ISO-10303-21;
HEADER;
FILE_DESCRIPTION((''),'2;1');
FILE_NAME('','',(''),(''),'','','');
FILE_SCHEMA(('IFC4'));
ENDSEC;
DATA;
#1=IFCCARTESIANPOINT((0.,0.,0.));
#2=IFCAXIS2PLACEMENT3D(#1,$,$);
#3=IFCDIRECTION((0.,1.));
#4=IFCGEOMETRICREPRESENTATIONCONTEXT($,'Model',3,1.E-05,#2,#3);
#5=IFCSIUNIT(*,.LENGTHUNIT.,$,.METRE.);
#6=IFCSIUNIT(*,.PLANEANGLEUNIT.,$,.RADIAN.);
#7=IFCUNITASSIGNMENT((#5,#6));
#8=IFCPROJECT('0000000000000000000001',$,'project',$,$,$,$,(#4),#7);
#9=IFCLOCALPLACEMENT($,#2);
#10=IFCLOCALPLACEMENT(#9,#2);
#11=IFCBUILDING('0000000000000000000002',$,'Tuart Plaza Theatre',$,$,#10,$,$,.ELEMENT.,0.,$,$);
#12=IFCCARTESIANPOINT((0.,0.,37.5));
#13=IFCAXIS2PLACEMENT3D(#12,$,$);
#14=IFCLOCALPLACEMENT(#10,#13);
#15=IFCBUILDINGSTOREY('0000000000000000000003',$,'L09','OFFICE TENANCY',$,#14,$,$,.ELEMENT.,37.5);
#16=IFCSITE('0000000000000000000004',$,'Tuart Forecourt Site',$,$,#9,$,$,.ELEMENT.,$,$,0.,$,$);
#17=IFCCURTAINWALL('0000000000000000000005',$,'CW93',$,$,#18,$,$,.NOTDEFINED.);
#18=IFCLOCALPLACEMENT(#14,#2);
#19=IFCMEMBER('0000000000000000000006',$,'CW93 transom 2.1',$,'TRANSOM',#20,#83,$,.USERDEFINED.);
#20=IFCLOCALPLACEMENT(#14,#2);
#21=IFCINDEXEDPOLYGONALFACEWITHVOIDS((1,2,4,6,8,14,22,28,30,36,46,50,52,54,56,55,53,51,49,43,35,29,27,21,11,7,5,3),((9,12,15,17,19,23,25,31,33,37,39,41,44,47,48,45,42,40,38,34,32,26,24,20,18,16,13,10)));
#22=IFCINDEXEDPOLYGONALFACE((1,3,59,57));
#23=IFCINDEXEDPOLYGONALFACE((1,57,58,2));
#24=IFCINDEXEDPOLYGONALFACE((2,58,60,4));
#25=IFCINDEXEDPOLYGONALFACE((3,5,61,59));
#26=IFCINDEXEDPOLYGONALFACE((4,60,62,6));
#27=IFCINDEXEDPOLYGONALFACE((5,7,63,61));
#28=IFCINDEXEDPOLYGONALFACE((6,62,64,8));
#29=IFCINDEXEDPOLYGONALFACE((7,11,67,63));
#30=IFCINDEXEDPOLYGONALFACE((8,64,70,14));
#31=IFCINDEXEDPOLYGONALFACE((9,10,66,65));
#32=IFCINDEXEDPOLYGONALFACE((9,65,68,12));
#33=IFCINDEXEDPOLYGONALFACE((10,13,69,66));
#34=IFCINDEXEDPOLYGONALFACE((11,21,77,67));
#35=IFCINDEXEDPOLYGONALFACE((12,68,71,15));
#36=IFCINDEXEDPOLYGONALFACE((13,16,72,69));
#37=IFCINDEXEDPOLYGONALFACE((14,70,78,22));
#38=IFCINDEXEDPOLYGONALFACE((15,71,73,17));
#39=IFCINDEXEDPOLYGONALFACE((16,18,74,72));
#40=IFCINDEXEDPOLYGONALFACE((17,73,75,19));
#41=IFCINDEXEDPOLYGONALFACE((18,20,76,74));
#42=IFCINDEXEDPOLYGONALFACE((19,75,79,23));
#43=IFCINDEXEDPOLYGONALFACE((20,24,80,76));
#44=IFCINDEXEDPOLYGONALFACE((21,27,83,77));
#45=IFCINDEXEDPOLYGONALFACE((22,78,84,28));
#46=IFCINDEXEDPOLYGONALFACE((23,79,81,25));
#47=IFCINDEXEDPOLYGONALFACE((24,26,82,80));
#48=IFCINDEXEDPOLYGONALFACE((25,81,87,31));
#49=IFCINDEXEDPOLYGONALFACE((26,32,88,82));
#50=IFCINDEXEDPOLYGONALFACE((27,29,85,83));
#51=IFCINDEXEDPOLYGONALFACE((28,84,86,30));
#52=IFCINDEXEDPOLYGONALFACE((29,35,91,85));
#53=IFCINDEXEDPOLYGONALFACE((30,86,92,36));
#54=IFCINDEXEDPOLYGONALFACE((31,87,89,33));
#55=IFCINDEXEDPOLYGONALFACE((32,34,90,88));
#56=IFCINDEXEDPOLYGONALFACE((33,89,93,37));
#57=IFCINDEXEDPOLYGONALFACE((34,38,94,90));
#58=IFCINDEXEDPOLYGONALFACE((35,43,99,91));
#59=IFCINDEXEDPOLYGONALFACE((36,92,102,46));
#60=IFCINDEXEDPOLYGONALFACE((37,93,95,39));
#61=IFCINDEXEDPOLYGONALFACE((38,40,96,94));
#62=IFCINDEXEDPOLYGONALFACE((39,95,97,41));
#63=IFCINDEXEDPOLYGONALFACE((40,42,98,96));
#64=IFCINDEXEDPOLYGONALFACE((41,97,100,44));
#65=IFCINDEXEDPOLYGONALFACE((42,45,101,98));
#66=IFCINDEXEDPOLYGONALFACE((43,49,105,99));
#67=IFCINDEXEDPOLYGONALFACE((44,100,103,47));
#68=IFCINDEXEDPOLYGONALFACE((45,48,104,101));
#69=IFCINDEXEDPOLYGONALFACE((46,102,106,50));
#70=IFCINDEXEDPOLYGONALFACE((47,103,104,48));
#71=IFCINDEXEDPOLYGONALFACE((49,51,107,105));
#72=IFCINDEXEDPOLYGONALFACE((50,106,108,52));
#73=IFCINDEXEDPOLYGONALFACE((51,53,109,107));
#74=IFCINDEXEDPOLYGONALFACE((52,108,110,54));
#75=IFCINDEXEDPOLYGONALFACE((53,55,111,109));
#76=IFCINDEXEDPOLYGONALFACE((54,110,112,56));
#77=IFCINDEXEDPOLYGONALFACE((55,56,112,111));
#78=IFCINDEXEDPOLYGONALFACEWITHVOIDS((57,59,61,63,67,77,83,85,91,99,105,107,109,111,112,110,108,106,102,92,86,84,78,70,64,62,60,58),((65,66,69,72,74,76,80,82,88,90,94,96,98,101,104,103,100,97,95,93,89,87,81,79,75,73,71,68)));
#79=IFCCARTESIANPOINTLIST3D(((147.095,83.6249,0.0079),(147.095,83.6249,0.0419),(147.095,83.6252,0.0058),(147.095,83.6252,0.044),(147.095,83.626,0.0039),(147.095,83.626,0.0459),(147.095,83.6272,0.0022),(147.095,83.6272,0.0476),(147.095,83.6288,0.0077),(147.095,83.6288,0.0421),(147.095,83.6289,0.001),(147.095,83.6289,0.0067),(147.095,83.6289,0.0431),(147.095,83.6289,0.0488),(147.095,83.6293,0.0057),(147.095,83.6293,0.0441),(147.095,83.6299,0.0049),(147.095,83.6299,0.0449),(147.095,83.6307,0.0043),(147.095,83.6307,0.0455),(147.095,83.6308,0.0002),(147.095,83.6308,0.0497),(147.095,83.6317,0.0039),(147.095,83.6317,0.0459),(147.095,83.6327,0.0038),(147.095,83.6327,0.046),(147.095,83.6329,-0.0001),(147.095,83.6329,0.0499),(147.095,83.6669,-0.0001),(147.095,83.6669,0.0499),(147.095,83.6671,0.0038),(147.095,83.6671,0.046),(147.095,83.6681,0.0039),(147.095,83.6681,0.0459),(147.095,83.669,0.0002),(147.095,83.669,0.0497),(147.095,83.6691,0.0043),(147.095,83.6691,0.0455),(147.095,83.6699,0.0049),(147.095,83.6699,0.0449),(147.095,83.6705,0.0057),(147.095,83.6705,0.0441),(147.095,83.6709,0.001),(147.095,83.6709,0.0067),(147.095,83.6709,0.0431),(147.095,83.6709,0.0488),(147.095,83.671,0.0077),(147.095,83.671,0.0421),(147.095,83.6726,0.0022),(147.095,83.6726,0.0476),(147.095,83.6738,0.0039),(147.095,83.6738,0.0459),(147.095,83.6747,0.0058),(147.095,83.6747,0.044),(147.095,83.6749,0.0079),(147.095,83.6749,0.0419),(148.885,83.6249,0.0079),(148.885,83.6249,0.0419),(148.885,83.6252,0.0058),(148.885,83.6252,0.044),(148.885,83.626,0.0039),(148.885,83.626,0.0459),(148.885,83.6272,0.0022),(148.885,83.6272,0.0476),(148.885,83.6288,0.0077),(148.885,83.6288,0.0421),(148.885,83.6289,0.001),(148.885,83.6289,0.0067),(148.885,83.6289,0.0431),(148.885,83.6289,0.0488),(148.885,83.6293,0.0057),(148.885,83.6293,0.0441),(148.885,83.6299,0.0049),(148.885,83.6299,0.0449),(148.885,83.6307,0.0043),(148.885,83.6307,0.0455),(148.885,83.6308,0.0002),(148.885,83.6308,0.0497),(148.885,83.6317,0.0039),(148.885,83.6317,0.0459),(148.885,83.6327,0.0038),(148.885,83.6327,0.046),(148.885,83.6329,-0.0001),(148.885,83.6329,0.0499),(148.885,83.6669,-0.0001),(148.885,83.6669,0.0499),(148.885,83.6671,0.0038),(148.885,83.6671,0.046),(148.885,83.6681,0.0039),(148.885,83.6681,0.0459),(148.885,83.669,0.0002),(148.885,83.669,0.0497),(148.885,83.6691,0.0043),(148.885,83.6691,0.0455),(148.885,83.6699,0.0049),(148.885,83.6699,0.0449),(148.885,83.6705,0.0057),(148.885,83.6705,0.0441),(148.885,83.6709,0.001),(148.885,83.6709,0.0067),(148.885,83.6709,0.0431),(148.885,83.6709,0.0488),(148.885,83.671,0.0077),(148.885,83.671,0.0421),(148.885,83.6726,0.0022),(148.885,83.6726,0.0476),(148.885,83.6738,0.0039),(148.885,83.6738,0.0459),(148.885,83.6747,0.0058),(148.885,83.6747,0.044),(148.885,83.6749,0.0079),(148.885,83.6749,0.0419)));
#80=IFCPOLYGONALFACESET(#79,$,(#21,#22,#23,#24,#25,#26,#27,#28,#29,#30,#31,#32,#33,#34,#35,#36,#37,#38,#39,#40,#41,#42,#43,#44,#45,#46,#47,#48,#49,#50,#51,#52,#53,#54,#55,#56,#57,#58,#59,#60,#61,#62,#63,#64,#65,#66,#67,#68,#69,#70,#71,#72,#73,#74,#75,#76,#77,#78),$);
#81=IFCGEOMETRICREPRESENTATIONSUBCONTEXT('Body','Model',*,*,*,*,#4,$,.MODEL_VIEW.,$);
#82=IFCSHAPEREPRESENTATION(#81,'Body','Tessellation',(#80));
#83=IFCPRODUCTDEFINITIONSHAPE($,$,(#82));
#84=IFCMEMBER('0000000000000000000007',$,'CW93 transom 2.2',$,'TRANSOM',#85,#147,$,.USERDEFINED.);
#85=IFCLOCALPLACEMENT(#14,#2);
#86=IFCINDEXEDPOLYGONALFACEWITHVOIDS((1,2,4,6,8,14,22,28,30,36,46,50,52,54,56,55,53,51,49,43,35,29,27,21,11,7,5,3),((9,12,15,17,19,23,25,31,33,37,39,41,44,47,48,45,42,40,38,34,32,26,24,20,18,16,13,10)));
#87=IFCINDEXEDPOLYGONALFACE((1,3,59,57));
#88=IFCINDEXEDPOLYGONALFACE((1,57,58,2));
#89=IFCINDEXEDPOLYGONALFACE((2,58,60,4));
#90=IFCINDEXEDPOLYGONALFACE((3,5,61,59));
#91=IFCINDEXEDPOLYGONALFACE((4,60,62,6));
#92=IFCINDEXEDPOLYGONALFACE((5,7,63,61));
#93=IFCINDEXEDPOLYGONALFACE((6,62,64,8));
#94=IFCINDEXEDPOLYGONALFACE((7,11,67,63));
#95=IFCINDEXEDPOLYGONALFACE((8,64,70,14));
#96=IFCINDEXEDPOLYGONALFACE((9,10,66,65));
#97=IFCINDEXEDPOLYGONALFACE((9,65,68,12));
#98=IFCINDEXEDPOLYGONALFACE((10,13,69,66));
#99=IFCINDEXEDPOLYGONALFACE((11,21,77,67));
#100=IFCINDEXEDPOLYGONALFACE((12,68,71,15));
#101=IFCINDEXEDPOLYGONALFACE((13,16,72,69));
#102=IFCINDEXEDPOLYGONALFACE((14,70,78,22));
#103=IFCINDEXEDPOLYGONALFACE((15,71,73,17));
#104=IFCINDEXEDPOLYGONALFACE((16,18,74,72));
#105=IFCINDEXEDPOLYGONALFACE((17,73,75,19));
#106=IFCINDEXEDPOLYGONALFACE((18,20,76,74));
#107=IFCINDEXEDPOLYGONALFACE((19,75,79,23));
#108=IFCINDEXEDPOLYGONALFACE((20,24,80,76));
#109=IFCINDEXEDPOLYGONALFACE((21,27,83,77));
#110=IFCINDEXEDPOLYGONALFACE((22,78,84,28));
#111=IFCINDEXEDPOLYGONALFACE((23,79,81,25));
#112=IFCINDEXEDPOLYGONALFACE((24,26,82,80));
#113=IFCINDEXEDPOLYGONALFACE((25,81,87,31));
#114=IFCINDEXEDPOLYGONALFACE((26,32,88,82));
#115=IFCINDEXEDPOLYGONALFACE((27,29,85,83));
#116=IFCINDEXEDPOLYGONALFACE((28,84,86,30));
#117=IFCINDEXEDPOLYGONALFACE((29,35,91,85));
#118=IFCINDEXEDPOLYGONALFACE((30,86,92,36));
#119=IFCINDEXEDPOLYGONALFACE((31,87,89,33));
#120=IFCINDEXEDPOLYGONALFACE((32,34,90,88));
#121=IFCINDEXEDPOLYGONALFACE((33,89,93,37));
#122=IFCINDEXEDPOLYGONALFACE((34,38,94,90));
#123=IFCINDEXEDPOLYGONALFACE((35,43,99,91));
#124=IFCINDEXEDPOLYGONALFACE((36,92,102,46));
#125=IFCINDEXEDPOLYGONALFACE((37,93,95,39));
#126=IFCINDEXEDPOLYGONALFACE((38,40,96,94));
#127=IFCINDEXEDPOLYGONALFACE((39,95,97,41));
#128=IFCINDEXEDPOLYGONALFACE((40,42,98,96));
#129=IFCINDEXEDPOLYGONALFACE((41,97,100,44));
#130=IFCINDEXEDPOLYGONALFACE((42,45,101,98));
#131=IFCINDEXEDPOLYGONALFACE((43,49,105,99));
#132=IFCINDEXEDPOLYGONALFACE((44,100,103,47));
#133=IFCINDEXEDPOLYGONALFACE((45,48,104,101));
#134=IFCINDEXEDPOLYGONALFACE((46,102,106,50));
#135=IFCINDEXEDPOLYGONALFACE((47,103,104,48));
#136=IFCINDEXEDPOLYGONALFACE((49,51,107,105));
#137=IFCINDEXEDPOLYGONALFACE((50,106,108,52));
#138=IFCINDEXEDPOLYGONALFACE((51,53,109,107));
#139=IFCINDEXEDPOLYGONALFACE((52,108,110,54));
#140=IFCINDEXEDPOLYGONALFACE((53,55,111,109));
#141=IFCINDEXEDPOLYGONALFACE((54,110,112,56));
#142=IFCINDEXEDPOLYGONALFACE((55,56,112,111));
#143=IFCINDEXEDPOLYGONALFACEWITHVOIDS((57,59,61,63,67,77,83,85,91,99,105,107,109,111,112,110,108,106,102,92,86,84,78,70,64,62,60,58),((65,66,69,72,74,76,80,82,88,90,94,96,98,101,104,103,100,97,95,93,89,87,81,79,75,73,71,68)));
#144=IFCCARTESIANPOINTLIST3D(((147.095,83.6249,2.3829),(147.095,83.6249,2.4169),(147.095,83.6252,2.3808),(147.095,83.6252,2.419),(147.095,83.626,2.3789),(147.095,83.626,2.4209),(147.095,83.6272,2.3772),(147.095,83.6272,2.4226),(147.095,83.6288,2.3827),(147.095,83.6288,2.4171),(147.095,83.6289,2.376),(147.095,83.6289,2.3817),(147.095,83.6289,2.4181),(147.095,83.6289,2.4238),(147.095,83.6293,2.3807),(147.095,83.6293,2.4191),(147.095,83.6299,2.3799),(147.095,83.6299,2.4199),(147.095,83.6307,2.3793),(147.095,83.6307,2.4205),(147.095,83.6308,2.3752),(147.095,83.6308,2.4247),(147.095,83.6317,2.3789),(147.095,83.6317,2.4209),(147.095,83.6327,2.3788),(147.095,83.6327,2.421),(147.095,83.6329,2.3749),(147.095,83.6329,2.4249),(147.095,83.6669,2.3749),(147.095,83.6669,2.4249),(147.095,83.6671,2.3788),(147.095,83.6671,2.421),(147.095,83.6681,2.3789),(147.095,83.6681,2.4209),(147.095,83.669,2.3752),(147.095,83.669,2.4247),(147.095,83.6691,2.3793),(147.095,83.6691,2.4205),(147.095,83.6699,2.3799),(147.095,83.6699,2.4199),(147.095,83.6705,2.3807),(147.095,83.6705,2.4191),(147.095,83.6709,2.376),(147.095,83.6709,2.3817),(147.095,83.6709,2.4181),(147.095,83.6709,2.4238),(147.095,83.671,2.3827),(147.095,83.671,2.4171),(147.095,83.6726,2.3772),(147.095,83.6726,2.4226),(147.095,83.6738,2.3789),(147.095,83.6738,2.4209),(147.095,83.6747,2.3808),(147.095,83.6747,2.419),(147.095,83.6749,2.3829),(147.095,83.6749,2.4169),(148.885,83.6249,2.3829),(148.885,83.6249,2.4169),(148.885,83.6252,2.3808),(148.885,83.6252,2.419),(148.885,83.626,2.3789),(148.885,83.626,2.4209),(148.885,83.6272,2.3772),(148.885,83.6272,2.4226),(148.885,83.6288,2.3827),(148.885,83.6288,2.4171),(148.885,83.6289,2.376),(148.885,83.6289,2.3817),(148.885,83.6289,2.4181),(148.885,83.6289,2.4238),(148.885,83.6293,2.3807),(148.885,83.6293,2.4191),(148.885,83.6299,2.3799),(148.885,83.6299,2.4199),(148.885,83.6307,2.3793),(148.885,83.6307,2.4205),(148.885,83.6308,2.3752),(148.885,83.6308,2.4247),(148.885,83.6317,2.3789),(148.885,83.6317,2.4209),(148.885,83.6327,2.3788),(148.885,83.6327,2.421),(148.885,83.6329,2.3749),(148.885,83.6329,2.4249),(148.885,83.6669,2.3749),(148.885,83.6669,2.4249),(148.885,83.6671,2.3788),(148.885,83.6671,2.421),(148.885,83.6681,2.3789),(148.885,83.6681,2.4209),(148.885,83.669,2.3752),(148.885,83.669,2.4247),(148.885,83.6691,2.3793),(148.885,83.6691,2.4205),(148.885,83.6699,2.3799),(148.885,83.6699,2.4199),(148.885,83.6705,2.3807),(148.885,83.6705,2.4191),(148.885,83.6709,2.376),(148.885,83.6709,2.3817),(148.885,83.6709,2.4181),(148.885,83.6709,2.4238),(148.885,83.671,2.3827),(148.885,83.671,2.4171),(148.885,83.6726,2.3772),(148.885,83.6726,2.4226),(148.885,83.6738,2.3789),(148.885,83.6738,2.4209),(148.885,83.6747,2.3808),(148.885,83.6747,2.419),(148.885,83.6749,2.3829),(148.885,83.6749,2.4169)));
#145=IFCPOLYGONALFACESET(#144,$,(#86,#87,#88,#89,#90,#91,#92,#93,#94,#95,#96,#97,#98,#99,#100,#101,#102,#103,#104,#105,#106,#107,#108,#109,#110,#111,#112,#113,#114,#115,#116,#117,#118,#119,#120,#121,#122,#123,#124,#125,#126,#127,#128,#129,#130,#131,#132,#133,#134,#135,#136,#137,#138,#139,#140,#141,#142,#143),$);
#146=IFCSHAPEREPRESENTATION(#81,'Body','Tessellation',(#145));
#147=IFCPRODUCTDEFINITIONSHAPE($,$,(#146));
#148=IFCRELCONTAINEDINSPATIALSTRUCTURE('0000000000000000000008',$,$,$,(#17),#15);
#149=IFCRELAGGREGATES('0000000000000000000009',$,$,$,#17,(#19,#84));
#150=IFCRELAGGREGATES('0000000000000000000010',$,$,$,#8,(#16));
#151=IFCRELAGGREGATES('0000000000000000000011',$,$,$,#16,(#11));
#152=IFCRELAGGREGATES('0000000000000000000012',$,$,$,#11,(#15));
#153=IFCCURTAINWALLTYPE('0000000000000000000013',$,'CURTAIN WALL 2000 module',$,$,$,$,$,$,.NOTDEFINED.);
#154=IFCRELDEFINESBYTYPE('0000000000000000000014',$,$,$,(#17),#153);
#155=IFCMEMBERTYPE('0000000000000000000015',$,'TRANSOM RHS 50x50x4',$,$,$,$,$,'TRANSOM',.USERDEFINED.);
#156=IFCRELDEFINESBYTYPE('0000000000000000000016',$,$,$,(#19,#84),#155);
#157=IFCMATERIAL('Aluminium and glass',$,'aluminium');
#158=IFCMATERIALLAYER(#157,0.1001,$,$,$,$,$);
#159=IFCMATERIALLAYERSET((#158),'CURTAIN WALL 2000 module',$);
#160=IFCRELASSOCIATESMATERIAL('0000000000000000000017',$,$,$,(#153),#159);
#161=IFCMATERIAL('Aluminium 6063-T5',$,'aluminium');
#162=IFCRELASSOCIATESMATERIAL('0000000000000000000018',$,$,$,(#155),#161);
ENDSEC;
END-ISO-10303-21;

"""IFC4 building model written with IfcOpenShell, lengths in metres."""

from ifc_helpers import new_model, si_unit, direction, frame, origin, origin_2d, place, context, subcontext, project, spatial, hollow_rectangle, extrude, material, layer, layer_set, material_profile, profile_set, type_object, element, aggregate, save


model = new_model("IFC4")

# Units and contexts
model_context = context("Model", 3, precision=1e-05, world=origin(), true_north=direction((0.0, 1.0)))
body_context = subcontext(model_context, "Body", "Model", "MODEL_VIEW")
ifc_project = project(units=[si_unit("LENGTHUNIT", "METRE"), si_unit("PLANEANGLEUNIT", "RADIAN")], contexts=[model_context])

# Site, building, storey
site_placement = place(None, origin())
site = spatial("IfcSite", under=ifc_project, at=site_placement, Name="Tuart Forecourt Site", CompositionType="ELEMENT", RefElevation=0.0)
building_placement = place(site_placement, origin())
building = spatial("IfcBuilding", under=site, at=building_placement, Name="Tuart Plaza Theatre", CompositionType="ELEMENT", ElevationOfRefHeight=0.0)
storey_placement = place(building_placement, frame((0.0, 0.0, 37.5)))
storey = spatial("IfcBuildingStorey", under=building, at=storey_placement, Name="L09", Description="OFFICE TENANCY", CompositionType="ELEMENT", Elevation=37.5)

# Curtain wall
ifc_material_1 = material(Name="Aluminium and glass", Category="aluminium")
ifc_layer_1 = layer(ifc_material_1, 0.1001)
ifc_layer_set_1 = layer_set([ifc_layer_1], Name="CURTAIN WALL 2000 module")
curtain_wall_type_1 = type_object("IfcCurtainWallType", Name="CURTAIN WALL 2000 module", PredefinedType="NOTDEFINED", material=ifc_layer_set_1)
curtain_wall_1_placement = place(storey_placement, origin())
curtain_wall_1 = element("IfcCurtainWall", 1, at=curtain_wall_1_placement, inside=storey, type_object=curtain_wall_type_1, Name="CW93", PredefinedType="NOTDEFINED")

# Members
ifc_material_2 = material(Name="Aluminium 6063-T5", Category="aluminium")
ifc_material_profile_1 = material_profile(ifc_material_2, hollow_rectangle(XDim=0.05, YDim=0.05, WallThickness=0.0039, InnerFilletRadius=0.0039, OuterFilletRadius=0.0081, at=origin_2d()), Name="RHS 50x50x4")
ifc_profile_set_1 = profile_set([ifc_material_profile_1], Name="Aluminium 6063-T5")
member_type_1 = type_object("IfcMemberType", Name="TRANSOM RHS 50x50x4", ElementType="TRANSOM", PredefinedType="USERDEFINED", material=ifc_profile_set_1)
member_1_placement = place(storey_placement, frame((148.885, 83.6499, 0.0249), z_axis=(-1.0, 0.0, 0.0), x_axis=(0.0, -1.0, 0.0)))
member_1 = element("IfcMember", 2, at=member_1_placement, type_object=member_type_1, Name="CW93 transom 2.1", ObjectType="TRANSOM", PredefinedType="USERDEFINED", context=body_context, shape_type="SweptSolid", body=[
    extrude(hollow_rectangle(XDim=0.05, YDim=0.05, WallThickness=0.0039, InnerFilletRadius=0.0039, OuterFilletRadius=0.0081, at=origin_2d()), origin(), (0.0, 0.0, 1.0), 1.79),
])
member_2_placement = place(storey_placement, frame((148.885, 83.6499, 2.3999), z_axis=(-1.0, 0.0, 0.0), x_axis=(0.0, -1.0, 0.0)))
member_2 = element("IfcMember", 3, at=member_2_placement, type_object=member_type_1, Name="CW93 transom 2.2", ObjectType="TRANSOM", PredefinedType="USERDEFINED", context=body_context, shape_type="SweptSolid", body=[
    extrude(hollow_rectangle(XDim=0.05, YDim=0.05, WallThickness=0.0039, InnerFilletRadius=0.0039, OuterFilletRadius=0.0081, at=origin_2d()), origin(), (0.0, 0.0, 1.0), 1.79),
])

aggregate(curtain_wall_1, [member_1, member_2])

save(model, "model.ifc")
